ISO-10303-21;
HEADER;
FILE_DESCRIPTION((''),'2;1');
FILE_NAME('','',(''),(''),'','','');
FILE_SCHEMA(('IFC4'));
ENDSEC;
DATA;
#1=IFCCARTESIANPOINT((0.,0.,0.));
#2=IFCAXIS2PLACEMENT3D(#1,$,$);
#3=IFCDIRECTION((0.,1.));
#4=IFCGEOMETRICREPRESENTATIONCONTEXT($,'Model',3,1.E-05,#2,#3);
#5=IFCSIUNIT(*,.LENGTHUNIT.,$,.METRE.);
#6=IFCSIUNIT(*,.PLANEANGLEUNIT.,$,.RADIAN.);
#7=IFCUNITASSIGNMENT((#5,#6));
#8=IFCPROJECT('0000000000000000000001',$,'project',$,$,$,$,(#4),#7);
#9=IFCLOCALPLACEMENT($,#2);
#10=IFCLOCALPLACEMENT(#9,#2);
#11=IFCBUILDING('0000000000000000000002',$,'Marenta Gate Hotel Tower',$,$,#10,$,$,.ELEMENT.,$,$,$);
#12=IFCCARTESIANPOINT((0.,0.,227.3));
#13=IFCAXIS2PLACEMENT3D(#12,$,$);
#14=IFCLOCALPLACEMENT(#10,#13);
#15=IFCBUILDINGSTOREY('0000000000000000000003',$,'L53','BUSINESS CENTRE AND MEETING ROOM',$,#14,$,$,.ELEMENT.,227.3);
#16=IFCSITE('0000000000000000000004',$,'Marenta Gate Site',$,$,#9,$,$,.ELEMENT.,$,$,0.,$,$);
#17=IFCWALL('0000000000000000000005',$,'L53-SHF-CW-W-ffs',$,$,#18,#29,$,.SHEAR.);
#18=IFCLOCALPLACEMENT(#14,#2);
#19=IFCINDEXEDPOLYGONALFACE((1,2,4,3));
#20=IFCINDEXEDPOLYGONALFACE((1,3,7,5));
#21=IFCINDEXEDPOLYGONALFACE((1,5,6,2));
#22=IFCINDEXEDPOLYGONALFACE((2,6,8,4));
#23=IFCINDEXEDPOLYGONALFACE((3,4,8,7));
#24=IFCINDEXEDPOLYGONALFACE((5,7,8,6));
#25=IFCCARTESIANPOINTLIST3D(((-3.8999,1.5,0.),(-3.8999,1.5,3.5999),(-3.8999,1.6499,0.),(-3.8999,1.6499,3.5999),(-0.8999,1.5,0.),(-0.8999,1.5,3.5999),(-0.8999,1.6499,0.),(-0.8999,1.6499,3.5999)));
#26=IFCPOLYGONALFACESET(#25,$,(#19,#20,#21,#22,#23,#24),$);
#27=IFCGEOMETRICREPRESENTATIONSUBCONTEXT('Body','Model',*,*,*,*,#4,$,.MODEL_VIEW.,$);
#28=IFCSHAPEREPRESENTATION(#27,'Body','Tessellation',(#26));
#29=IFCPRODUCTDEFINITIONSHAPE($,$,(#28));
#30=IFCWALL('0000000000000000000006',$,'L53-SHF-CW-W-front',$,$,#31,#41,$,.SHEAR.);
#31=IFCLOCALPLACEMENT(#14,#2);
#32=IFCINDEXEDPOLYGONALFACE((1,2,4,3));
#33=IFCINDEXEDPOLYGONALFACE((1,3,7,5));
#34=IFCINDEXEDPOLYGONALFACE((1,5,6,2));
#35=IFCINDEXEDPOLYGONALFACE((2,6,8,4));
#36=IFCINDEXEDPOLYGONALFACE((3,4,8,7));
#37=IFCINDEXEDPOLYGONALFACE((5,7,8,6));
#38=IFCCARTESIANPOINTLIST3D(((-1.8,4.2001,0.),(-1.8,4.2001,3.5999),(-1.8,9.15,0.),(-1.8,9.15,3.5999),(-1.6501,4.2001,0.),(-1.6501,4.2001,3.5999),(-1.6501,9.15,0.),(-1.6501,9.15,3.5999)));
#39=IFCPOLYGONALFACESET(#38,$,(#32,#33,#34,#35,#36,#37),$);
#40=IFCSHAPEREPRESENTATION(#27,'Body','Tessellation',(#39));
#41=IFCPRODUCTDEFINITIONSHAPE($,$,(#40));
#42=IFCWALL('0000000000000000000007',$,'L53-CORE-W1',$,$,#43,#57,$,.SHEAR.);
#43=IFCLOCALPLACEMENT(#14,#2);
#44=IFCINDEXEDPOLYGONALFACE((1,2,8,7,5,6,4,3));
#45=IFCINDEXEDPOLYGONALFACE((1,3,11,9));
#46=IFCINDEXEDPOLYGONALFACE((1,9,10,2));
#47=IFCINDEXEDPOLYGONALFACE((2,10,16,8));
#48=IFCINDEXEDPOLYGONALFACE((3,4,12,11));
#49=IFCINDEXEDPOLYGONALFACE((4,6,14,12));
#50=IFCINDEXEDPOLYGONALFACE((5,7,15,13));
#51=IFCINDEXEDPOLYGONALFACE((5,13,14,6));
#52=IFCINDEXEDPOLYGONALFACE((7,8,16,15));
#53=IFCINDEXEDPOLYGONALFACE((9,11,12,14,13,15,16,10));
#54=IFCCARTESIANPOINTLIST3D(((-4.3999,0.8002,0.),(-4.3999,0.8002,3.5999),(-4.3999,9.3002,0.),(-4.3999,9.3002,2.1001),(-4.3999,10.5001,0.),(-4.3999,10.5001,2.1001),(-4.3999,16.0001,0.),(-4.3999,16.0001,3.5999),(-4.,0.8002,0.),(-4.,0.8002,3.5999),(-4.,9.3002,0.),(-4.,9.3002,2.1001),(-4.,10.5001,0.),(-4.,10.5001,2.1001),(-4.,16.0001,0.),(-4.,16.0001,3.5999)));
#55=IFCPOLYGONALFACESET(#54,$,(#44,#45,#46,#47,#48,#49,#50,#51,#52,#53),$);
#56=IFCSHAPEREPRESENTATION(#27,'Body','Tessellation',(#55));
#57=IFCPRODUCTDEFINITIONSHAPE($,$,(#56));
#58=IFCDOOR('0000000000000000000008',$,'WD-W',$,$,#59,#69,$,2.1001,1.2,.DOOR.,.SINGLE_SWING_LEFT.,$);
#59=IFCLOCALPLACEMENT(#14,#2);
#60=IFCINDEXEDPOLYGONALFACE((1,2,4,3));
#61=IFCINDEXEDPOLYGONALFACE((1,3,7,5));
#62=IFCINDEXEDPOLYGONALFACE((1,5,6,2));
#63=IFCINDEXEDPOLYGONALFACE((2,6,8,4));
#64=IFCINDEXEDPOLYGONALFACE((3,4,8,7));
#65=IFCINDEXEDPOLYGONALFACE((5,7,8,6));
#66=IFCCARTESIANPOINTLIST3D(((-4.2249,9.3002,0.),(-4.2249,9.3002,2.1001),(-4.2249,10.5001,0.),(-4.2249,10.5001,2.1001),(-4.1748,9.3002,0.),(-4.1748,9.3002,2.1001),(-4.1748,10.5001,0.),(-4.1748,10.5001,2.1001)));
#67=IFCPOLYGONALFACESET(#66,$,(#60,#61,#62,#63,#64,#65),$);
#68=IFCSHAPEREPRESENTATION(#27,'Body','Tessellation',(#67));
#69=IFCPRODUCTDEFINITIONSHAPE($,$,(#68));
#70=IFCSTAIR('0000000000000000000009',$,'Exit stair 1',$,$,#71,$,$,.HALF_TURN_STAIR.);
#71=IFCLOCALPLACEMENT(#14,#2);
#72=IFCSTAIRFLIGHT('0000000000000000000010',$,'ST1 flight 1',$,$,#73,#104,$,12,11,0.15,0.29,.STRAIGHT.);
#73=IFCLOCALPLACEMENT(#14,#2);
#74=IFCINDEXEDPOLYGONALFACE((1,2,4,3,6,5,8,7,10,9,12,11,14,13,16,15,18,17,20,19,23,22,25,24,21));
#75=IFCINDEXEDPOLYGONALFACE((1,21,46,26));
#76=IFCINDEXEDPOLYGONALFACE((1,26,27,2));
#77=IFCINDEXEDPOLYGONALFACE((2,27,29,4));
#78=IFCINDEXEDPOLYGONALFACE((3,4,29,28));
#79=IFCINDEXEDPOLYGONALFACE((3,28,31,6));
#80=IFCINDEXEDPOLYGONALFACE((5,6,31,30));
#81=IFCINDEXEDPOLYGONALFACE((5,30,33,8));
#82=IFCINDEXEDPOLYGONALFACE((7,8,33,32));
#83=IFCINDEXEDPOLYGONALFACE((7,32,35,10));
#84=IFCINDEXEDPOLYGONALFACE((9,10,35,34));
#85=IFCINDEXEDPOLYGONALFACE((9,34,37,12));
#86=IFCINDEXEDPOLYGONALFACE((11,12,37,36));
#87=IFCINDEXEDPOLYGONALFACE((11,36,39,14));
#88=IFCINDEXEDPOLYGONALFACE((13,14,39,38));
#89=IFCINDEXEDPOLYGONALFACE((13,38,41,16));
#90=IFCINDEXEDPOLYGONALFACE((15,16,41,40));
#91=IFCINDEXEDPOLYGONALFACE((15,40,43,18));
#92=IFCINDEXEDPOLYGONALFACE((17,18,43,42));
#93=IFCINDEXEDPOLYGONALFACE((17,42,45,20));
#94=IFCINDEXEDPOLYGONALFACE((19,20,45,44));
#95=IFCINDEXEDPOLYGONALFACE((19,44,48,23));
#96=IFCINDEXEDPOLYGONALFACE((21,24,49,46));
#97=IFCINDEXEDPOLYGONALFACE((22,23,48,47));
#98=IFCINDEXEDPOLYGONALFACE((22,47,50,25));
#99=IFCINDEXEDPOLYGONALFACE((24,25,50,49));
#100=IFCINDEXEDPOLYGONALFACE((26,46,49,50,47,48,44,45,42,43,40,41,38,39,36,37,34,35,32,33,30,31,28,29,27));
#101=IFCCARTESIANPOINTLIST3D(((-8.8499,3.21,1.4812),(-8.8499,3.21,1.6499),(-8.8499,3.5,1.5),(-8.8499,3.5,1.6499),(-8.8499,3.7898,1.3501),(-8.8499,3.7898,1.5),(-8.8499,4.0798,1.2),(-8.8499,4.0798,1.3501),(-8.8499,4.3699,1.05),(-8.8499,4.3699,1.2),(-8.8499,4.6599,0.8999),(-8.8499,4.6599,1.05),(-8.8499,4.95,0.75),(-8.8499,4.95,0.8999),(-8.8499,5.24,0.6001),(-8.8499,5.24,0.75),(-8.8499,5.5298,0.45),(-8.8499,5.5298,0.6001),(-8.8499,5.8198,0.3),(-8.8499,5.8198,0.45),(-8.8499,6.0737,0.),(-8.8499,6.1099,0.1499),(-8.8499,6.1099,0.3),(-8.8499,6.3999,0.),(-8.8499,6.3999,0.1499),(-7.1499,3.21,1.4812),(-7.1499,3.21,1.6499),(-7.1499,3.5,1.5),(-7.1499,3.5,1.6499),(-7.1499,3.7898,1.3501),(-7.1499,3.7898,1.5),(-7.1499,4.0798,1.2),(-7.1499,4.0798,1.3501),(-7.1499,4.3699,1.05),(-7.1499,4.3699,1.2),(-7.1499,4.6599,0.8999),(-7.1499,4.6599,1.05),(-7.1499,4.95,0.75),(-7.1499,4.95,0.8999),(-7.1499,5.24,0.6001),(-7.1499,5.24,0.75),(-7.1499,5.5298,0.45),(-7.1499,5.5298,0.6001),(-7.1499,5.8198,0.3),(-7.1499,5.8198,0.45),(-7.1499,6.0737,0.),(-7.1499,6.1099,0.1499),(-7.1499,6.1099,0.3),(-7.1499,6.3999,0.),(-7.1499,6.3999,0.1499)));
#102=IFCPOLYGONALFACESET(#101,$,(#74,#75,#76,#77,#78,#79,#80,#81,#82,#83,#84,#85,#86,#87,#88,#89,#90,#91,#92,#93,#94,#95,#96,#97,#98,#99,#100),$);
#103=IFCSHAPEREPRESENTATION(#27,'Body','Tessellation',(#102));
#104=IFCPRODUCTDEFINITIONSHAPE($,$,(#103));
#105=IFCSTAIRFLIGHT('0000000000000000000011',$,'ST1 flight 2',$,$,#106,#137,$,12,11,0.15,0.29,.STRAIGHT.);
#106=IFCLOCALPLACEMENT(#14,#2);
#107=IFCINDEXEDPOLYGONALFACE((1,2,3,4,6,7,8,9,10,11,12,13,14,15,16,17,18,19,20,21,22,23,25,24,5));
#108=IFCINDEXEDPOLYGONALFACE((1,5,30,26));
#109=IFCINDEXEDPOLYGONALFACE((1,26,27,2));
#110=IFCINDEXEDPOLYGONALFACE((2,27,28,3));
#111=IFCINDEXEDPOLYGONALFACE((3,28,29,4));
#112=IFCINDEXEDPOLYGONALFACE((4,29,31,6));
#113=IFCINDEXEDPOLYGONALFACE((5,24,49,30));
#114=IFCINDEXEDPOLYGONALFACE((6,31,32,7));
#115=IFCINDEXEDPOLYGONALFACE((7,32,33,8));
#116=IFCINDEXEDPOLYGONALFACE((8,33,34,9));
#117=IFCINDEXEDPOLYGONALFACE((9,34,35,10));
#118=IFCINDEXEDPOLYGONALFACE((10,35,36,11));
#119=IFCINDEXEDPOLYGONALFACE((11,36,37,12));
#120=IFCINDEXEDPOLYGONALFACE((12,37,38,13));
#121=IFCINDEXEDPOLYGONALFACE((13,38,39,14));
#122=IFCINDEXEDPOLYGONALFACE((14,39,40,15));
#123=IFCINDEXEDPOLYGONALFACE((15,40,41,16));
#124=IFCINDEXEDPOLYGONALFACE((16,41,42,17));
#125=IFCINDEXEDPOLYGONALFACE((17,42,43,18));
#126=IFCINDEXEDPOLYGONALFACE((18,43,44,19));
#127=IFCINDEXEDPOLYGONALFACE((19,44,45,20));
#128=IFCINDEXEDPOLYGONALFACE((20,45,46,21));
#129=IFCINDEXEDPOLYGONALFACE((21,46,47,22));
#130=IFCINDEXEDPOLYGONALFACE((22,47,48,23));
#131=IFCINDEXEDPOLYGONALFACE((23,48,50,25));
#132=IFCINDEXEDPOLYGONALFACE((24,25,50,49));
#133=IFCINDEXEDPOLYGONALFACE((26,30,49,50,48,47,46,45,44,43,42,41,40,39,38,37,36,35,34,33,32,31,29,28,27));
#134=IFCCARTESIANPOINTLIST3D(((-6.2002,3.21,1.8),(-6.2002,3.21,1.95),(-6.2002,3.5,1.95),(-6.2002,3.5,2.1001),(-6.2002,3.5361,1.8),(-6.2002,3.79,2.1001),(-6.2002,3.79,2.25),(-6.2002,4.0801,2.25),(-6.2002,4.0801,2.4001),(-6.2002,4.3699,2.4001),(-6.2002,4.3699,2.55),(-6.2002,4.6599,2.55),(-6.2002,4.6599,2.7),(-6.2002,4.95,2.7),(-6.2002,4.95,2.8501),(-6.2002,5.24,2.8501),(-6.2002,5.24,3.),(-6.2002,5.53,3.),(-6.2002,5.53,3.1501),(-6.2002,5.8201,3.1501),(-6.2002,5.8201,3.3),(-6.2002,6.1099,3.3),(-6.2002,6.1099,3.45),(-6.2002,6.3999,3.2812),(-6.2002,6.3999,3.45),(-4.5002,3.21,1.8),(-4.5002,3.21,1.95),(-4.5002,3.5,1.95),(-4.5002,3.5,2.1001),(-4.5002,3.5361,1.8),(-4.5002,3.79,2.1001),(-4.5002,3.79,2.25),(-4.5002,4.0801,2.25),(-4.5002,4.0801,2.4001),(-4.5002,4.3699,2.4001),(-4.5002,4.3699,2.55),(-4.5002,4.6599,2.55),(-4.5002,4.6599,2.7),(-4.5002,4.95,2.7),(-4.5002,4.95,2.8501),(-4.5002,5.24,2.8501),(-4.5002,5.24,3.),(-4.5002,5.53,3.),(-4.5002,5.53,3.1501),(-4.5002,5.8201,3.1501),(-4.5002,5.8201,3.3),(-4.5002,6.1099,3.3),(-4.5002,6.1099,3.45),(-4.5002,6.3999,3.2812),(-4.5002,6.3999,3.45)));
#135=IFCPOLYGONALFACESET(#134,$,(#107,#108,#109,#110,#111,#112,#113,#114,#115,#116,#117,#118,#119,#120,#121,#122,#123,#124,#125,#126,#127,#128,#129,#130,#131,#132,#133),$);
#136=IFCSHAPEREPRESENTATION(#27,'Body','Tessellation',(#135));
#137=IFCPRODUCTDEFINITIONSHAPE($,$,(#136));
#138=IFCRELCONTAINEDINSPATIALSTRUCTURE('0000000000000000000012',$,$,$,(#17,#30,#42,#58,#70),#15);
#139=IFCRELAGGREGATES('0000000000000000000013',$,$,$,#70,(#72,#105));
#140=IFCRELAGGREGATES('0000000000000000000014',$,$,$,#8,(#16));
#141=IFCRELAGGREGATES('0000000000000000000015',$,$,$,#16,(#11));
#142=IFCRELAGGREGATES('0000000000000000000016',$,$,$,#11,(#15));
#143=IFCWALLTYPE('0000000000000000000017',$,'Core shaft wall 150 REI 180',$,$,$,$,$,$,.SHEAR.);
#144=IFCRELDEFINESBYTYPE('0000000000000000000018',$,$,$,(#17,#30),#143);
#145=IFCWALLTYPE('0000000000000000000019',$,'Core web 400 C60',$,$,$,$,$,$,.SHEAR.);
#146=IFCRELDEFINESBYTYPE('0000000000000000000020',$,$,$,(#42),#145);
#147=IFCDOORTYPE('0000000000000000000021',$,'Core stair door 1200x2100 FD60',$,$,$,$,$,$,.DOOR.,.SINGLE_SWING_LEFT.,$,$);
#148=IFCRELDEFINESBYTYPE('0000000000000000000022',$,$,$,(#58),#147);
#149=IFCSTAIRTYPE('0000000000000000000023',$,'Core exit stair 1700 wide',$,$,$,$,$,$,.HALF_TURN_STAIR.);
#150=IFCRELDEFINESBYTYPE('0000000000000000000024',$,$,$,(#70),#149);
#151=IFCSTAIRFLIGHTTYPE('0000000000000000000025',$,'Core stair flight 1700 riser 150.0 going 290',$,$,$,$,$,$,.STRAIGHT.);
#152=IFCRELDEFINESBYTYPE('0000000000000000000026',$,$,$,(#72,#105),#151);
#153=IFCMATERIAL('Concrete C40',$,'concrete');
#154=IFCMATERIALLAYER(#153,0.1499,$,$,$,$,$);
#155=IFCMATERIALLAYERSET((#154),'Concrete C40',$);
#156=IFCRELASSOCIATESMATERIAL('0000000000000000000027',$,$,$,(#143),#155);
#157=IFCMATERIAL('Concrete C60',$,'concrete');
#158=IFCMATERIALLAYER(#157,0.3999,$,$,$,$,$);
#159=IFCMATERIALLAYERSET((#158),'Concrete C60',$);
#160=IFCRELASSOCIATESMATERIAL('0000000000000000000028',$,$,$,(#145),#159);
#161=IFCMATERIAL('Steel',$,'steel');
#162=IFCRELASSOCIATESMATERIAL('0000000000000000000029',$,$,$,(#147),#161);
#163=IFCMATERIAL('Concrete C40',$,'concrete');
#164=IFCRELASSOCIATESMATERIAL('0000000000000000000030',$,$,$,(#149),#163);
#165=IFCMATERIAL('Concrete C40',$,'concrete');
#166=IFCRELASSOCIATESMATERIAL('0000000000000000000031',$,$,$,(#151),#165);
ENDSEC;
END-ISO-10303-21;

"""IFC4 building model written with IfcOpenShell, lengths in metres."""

from ifc_helpers import new_model, si_unit, direction, frame, frame_2d, origin, place, context, subcontext, project, spatial, polyline, rectangle, outline, extrude, material, layer, layer_set, type_object, element, fill, aggregate, save


model = new_model("IFC4")

# Units and contexts
model_context = context("Model", 3, precision=1e-05, world=origin(), true_north=direction((0.0, 1.0)))
body_context = subcontext(model_context, "Body", "Model", "MODEL_VIEW")
ifc_project = project(units=[si_unit("LENGTHUNIT", "METRE"), si_unit("PLANEANGLEUNIT", "RADIAN")], contexts=[model_context])

# Site, building, storey
site_placement = place(None, origin())
site = spatial("IfcSite", under=ifc_project, at=site_placement, Name="Marenta Gate Site", CompositionType="ELEMENT", RefElevation=0.0)
building_placement = place(site_placement, origin())
building = spatial("IfcBuilding", under=site, at=building_placement, Name="Marenta Gate Hotel Tower", CompositionType="ELEMENT")
storey_placement = place(building_placement, frame((0.0, 0.0, 227.3)))
storey = spatial("IfcBuildingStorey", under=building, at=storey_placement, Name="L53", Description="BUSINESS CENTRE AND MEETING ROOM", CompositionType="ELEMENT", Elevation=227.3)

# Shared definitions
ifc_material_1 = material(Name="Concrete C40", Category="concrete")
ifc_layer_1 = layer(ifc_material_1, 0.1499)
ifc_layer_set_1 = layer_set([ifc_layer_1], Name="Concrete C40")
wall_type_1 = type_object("IfcWallType", Name="Core shaft wall 150 REI 180", PredefinedType="SHEAR", material=ifc_layer_set_1)

# Walls
wall_1_placement = place(storey_placement, frame((-3.8999, 1.575, 0.0), z_axis=(0.0, 0.0, 1.0), x_axis=(1.0, 0.0, 0.0)))
element("IfcWall", 1, at=wall_1_placement, inside=storey, type_object=wall_type_1, Name="L53-SHF-CW-W-ffs", PredefinedType="SHEAR", context=body_context, shape_type="SweptSolid", body=[
    extrude(rectangle(XDim=3.0, YDim=0.1499, at=frame_2d((1.5, 0.0))), origin(), (0.0, 0.0, 1.0), 3.5999),
])
wall_2_placement = place(storey_placement, frame((-1.7251, 4.2, 0.0), z_axis=(0.0, 0.0, 1.0), x_axis=(0.0, 1.0, 0.0)))
element("IfcWall", 2, at=wall_2_placement, inside=storey, type_object=wall_type_1, Name="L53-SHF-CW-W-front", PredefinedType="SHEAR", context=body_context, shape_type="SweptSolid", body=[
    extrude(rectangle(XDim=4.95, YDim=0.1499, at=frame_2d((2.4751, 0.0))), origin(), (0.0, 0.0, 1.0), 3.5999),
])

# Wall, opening, door
ifc_material_2 = material(Name="Concrete C60", Category="concrete")
ifc_layer_2 = layer(ifc_material_2, 0.3999)
ifc_layer_set_2 = layer_set([ifc_layer_2], Name="Concrete C60")
wall_type_2 = type_object("IfcWallType", Name="Core web 400 C60", PredefinedType="SHEAR", material=ifc_layer_set_2)
wall_3_placement = place(storey_placement, frame((-4.2, 0.8, 0.0), z_axis=(0.0, 0.0, 1.0), x_axis=(0.0, 1.0, 0.0)))
wall_3 = element("IfcWall", 3, at=wall_3_placement, inside=storey, type_object=wall_type_2, Name="L53-CORE-W1", PredefinedType="SHEAR", context=body_context, shape_type="SweptSolid", body=[
    extrude(rectangle(XDim=15.2, YDim=0.3999, at=frame_2d((7.6001, 0.0))), origin(), (0.0, 0.0, 1.0), 3.5999),
])
opening_1_placement = place(wall_3_placement, frame((8.5, 0.0, 0.0)))
opening_1 = element("IfcOpeningElement", 4, at=opening_1_placement, cuts=wall_3, PredefinedType="OPENING", context=body_context, shape_type="SweptSolid", body=[
    extrude(rectangle(XDim=1.2, YDim=2.1001, at=frame_2d((0.6001, 1.05))), frame((0.0, 0.2, 0.0), z_axis=(0.0, -1.0, 0.0), x_axis=(1.0, 0.0, 0.0)), (0.0, 0.0, 1.0), 0.3999),
])
ifc_material_3 = material(Name="Steel", Category="steel")
door_type_1 = type_object("IfcDoorType", Name="Core stair door 1200x2100 FD60", OperationType="SINGLE_SWING_LEFT", PredefinedType="DOOR", material=ifc_material_3)
door_1_placement = place(opening_1_placement, origin())
door_1 = element("IfcDoor", 5, at=door_1_placement, inside=storey, type_object=door_type_1, Name="WD-W", OperationType="SINGLE_SWING_LEFT", OverallHeight=2.1001, OverallWidth=1.2, PredefinedType="DOOR", context=body_context, shape_type="SweptSolid", body=[
    extrude(rectangle(XDim=1.2, YDim=2.1001, at=frame_2d((0.6001, 1.05))), frame((0.0, 0.0249, 0.0), z_axis=(0.0, -1.0, 0.0), x_axis=(1.0, 0.0, 0.0)), (0.0, 0.0, 1.0), 0.05),
])
fill(opening_1, door_1)

# Stair, stair flights
ifc_material_4 = material(Name="Concrete C40", Category="concrete")
stair_type = type_object("IfcStairType", Name="Core exit stair 1700 wide", PredefinedType="HALF_TURN_STAIR", material=ifc_material_4)
stair_placement = place(storey_placement, origin())
stair = element("IfcStair", 6, at=stair_placement, inside=storey, type_object=stair_type, Name="Exit stair 1", PredefinedType="HALF_TURN_STAIR")
ifc_material_5 = material(Name="Concrete C40", Category="concrete")
stair_flight_type = type_object("IfcStairFlightType", Name="Core stair flight 1700 riser 150.0 going 290", PredefinedType="STRAIGHT", material=ifc_material_5)
stair_flight_1_placement = place(storey_placement, frame((-8.0, 6.3999, 0.0), z_axis=(0.0, 0.0, 1.0), x_axis=(0.0, -1.0, 0.0)))
stair_flight_1 = element("IfcStairFlight", 7, at=stair_flight_1_placement, type_object=stair_flight_type, Name="ST1 flight 1", NumberOfRisers=12, NumberOfTreads=11, PredefinedType="STRAIGHT", RiserHeight=0.15, TreadLength=0.29, context=body_context, shape_type="SweptSolid", body=[
    extrude(outline(polyline([(0.0, 0.0), (0.0, 0.1499), (0.29, 0.1499), (0.29, 0.3), (0.5801, 0.3), (0.5801, 0.45), (0.8701, 0.45), (0.8701, 0.6001), (1.1599, 0.6001), (1.1599, 0.75), (1.45, 0.75), (1.45, 0.8999), (1.74, 0.8999), (1.74, 1.05), (2.03, 1.05), (2.03, 1.2), (2.3201, 1.2), (2.3201, 1.3501), (2.6101, 1.3501), (2.6101, 1.5), (2.8999, 1.5), (2.8999, 1.6499), (3.1899, 1.6499), (3.1899, 1.8), (3.1899, 1.4812), (0.3262, 0.0), (0.0, 0.0)])), frame((0.0, 0.8501, 0.0), z_axis=(0.0, -1.0, 0.0), x_axis=(1.0, 0.0, 0.0)), (0.0, 0.0, 1.0), 1.7),
])
stair_flight_2_placement = place(storey_placement, frame((-5.3501, 3.21, 1.8), z_axis=(0.0, 0.0, 1.0), x_axis=(0.0, 1.0, 0.0)))
stair_flight_2 = element("IfcStairFlight", 8, at=stair_flight_2_placement, type_object=stair_flight_type, Name="ST1 flight 2", NumberOfRisers=12, NumberOfTreads=11, PredefinedType="STRAIGHT", RiserHeight=0.15, TreadLength=0.29, context=body_context, shape_type="SweptSolid", body=[
    extrude(outline(polyline([(0.0, 0.0), (0.0, 0.1499), (0.29, 0.1499), (0.29, 0.3), (0.5801, 0.3), (0.5801, 0.45), (0.8701, 0.45), (0.8701, 0.6001), (1.1599, 0.6001), (1.1599, 0.75), (1.45, 0.75), (1.45, 0.8999), (1.74, 0.8999), (1.74, 1.05), (2.03, 1.05), (2.03, 1.2), (2.3201, 1.2), (2.3201, 1.3501), (2.6101, 1.3501), (2.6101, 1.5), (2.8999, 1.5), (2.8999, 1.6499), (3.1899, 1.6499), (3.1899, 1.8), (3.1899, 1.4812), (0.3262, 0.0), (0.0, 0.0)])), frame((0.0, 0.8501, 0.0), z_axis=(0.0, -1.0, 0.0), x_axis=(1.0, 0.0, 0.0)), (0.0, 0.0, 1.0), 1.7),
])
aggregate(stair, [stair_flight_1, stair_flight_2])

save(model, "model.ifc")
